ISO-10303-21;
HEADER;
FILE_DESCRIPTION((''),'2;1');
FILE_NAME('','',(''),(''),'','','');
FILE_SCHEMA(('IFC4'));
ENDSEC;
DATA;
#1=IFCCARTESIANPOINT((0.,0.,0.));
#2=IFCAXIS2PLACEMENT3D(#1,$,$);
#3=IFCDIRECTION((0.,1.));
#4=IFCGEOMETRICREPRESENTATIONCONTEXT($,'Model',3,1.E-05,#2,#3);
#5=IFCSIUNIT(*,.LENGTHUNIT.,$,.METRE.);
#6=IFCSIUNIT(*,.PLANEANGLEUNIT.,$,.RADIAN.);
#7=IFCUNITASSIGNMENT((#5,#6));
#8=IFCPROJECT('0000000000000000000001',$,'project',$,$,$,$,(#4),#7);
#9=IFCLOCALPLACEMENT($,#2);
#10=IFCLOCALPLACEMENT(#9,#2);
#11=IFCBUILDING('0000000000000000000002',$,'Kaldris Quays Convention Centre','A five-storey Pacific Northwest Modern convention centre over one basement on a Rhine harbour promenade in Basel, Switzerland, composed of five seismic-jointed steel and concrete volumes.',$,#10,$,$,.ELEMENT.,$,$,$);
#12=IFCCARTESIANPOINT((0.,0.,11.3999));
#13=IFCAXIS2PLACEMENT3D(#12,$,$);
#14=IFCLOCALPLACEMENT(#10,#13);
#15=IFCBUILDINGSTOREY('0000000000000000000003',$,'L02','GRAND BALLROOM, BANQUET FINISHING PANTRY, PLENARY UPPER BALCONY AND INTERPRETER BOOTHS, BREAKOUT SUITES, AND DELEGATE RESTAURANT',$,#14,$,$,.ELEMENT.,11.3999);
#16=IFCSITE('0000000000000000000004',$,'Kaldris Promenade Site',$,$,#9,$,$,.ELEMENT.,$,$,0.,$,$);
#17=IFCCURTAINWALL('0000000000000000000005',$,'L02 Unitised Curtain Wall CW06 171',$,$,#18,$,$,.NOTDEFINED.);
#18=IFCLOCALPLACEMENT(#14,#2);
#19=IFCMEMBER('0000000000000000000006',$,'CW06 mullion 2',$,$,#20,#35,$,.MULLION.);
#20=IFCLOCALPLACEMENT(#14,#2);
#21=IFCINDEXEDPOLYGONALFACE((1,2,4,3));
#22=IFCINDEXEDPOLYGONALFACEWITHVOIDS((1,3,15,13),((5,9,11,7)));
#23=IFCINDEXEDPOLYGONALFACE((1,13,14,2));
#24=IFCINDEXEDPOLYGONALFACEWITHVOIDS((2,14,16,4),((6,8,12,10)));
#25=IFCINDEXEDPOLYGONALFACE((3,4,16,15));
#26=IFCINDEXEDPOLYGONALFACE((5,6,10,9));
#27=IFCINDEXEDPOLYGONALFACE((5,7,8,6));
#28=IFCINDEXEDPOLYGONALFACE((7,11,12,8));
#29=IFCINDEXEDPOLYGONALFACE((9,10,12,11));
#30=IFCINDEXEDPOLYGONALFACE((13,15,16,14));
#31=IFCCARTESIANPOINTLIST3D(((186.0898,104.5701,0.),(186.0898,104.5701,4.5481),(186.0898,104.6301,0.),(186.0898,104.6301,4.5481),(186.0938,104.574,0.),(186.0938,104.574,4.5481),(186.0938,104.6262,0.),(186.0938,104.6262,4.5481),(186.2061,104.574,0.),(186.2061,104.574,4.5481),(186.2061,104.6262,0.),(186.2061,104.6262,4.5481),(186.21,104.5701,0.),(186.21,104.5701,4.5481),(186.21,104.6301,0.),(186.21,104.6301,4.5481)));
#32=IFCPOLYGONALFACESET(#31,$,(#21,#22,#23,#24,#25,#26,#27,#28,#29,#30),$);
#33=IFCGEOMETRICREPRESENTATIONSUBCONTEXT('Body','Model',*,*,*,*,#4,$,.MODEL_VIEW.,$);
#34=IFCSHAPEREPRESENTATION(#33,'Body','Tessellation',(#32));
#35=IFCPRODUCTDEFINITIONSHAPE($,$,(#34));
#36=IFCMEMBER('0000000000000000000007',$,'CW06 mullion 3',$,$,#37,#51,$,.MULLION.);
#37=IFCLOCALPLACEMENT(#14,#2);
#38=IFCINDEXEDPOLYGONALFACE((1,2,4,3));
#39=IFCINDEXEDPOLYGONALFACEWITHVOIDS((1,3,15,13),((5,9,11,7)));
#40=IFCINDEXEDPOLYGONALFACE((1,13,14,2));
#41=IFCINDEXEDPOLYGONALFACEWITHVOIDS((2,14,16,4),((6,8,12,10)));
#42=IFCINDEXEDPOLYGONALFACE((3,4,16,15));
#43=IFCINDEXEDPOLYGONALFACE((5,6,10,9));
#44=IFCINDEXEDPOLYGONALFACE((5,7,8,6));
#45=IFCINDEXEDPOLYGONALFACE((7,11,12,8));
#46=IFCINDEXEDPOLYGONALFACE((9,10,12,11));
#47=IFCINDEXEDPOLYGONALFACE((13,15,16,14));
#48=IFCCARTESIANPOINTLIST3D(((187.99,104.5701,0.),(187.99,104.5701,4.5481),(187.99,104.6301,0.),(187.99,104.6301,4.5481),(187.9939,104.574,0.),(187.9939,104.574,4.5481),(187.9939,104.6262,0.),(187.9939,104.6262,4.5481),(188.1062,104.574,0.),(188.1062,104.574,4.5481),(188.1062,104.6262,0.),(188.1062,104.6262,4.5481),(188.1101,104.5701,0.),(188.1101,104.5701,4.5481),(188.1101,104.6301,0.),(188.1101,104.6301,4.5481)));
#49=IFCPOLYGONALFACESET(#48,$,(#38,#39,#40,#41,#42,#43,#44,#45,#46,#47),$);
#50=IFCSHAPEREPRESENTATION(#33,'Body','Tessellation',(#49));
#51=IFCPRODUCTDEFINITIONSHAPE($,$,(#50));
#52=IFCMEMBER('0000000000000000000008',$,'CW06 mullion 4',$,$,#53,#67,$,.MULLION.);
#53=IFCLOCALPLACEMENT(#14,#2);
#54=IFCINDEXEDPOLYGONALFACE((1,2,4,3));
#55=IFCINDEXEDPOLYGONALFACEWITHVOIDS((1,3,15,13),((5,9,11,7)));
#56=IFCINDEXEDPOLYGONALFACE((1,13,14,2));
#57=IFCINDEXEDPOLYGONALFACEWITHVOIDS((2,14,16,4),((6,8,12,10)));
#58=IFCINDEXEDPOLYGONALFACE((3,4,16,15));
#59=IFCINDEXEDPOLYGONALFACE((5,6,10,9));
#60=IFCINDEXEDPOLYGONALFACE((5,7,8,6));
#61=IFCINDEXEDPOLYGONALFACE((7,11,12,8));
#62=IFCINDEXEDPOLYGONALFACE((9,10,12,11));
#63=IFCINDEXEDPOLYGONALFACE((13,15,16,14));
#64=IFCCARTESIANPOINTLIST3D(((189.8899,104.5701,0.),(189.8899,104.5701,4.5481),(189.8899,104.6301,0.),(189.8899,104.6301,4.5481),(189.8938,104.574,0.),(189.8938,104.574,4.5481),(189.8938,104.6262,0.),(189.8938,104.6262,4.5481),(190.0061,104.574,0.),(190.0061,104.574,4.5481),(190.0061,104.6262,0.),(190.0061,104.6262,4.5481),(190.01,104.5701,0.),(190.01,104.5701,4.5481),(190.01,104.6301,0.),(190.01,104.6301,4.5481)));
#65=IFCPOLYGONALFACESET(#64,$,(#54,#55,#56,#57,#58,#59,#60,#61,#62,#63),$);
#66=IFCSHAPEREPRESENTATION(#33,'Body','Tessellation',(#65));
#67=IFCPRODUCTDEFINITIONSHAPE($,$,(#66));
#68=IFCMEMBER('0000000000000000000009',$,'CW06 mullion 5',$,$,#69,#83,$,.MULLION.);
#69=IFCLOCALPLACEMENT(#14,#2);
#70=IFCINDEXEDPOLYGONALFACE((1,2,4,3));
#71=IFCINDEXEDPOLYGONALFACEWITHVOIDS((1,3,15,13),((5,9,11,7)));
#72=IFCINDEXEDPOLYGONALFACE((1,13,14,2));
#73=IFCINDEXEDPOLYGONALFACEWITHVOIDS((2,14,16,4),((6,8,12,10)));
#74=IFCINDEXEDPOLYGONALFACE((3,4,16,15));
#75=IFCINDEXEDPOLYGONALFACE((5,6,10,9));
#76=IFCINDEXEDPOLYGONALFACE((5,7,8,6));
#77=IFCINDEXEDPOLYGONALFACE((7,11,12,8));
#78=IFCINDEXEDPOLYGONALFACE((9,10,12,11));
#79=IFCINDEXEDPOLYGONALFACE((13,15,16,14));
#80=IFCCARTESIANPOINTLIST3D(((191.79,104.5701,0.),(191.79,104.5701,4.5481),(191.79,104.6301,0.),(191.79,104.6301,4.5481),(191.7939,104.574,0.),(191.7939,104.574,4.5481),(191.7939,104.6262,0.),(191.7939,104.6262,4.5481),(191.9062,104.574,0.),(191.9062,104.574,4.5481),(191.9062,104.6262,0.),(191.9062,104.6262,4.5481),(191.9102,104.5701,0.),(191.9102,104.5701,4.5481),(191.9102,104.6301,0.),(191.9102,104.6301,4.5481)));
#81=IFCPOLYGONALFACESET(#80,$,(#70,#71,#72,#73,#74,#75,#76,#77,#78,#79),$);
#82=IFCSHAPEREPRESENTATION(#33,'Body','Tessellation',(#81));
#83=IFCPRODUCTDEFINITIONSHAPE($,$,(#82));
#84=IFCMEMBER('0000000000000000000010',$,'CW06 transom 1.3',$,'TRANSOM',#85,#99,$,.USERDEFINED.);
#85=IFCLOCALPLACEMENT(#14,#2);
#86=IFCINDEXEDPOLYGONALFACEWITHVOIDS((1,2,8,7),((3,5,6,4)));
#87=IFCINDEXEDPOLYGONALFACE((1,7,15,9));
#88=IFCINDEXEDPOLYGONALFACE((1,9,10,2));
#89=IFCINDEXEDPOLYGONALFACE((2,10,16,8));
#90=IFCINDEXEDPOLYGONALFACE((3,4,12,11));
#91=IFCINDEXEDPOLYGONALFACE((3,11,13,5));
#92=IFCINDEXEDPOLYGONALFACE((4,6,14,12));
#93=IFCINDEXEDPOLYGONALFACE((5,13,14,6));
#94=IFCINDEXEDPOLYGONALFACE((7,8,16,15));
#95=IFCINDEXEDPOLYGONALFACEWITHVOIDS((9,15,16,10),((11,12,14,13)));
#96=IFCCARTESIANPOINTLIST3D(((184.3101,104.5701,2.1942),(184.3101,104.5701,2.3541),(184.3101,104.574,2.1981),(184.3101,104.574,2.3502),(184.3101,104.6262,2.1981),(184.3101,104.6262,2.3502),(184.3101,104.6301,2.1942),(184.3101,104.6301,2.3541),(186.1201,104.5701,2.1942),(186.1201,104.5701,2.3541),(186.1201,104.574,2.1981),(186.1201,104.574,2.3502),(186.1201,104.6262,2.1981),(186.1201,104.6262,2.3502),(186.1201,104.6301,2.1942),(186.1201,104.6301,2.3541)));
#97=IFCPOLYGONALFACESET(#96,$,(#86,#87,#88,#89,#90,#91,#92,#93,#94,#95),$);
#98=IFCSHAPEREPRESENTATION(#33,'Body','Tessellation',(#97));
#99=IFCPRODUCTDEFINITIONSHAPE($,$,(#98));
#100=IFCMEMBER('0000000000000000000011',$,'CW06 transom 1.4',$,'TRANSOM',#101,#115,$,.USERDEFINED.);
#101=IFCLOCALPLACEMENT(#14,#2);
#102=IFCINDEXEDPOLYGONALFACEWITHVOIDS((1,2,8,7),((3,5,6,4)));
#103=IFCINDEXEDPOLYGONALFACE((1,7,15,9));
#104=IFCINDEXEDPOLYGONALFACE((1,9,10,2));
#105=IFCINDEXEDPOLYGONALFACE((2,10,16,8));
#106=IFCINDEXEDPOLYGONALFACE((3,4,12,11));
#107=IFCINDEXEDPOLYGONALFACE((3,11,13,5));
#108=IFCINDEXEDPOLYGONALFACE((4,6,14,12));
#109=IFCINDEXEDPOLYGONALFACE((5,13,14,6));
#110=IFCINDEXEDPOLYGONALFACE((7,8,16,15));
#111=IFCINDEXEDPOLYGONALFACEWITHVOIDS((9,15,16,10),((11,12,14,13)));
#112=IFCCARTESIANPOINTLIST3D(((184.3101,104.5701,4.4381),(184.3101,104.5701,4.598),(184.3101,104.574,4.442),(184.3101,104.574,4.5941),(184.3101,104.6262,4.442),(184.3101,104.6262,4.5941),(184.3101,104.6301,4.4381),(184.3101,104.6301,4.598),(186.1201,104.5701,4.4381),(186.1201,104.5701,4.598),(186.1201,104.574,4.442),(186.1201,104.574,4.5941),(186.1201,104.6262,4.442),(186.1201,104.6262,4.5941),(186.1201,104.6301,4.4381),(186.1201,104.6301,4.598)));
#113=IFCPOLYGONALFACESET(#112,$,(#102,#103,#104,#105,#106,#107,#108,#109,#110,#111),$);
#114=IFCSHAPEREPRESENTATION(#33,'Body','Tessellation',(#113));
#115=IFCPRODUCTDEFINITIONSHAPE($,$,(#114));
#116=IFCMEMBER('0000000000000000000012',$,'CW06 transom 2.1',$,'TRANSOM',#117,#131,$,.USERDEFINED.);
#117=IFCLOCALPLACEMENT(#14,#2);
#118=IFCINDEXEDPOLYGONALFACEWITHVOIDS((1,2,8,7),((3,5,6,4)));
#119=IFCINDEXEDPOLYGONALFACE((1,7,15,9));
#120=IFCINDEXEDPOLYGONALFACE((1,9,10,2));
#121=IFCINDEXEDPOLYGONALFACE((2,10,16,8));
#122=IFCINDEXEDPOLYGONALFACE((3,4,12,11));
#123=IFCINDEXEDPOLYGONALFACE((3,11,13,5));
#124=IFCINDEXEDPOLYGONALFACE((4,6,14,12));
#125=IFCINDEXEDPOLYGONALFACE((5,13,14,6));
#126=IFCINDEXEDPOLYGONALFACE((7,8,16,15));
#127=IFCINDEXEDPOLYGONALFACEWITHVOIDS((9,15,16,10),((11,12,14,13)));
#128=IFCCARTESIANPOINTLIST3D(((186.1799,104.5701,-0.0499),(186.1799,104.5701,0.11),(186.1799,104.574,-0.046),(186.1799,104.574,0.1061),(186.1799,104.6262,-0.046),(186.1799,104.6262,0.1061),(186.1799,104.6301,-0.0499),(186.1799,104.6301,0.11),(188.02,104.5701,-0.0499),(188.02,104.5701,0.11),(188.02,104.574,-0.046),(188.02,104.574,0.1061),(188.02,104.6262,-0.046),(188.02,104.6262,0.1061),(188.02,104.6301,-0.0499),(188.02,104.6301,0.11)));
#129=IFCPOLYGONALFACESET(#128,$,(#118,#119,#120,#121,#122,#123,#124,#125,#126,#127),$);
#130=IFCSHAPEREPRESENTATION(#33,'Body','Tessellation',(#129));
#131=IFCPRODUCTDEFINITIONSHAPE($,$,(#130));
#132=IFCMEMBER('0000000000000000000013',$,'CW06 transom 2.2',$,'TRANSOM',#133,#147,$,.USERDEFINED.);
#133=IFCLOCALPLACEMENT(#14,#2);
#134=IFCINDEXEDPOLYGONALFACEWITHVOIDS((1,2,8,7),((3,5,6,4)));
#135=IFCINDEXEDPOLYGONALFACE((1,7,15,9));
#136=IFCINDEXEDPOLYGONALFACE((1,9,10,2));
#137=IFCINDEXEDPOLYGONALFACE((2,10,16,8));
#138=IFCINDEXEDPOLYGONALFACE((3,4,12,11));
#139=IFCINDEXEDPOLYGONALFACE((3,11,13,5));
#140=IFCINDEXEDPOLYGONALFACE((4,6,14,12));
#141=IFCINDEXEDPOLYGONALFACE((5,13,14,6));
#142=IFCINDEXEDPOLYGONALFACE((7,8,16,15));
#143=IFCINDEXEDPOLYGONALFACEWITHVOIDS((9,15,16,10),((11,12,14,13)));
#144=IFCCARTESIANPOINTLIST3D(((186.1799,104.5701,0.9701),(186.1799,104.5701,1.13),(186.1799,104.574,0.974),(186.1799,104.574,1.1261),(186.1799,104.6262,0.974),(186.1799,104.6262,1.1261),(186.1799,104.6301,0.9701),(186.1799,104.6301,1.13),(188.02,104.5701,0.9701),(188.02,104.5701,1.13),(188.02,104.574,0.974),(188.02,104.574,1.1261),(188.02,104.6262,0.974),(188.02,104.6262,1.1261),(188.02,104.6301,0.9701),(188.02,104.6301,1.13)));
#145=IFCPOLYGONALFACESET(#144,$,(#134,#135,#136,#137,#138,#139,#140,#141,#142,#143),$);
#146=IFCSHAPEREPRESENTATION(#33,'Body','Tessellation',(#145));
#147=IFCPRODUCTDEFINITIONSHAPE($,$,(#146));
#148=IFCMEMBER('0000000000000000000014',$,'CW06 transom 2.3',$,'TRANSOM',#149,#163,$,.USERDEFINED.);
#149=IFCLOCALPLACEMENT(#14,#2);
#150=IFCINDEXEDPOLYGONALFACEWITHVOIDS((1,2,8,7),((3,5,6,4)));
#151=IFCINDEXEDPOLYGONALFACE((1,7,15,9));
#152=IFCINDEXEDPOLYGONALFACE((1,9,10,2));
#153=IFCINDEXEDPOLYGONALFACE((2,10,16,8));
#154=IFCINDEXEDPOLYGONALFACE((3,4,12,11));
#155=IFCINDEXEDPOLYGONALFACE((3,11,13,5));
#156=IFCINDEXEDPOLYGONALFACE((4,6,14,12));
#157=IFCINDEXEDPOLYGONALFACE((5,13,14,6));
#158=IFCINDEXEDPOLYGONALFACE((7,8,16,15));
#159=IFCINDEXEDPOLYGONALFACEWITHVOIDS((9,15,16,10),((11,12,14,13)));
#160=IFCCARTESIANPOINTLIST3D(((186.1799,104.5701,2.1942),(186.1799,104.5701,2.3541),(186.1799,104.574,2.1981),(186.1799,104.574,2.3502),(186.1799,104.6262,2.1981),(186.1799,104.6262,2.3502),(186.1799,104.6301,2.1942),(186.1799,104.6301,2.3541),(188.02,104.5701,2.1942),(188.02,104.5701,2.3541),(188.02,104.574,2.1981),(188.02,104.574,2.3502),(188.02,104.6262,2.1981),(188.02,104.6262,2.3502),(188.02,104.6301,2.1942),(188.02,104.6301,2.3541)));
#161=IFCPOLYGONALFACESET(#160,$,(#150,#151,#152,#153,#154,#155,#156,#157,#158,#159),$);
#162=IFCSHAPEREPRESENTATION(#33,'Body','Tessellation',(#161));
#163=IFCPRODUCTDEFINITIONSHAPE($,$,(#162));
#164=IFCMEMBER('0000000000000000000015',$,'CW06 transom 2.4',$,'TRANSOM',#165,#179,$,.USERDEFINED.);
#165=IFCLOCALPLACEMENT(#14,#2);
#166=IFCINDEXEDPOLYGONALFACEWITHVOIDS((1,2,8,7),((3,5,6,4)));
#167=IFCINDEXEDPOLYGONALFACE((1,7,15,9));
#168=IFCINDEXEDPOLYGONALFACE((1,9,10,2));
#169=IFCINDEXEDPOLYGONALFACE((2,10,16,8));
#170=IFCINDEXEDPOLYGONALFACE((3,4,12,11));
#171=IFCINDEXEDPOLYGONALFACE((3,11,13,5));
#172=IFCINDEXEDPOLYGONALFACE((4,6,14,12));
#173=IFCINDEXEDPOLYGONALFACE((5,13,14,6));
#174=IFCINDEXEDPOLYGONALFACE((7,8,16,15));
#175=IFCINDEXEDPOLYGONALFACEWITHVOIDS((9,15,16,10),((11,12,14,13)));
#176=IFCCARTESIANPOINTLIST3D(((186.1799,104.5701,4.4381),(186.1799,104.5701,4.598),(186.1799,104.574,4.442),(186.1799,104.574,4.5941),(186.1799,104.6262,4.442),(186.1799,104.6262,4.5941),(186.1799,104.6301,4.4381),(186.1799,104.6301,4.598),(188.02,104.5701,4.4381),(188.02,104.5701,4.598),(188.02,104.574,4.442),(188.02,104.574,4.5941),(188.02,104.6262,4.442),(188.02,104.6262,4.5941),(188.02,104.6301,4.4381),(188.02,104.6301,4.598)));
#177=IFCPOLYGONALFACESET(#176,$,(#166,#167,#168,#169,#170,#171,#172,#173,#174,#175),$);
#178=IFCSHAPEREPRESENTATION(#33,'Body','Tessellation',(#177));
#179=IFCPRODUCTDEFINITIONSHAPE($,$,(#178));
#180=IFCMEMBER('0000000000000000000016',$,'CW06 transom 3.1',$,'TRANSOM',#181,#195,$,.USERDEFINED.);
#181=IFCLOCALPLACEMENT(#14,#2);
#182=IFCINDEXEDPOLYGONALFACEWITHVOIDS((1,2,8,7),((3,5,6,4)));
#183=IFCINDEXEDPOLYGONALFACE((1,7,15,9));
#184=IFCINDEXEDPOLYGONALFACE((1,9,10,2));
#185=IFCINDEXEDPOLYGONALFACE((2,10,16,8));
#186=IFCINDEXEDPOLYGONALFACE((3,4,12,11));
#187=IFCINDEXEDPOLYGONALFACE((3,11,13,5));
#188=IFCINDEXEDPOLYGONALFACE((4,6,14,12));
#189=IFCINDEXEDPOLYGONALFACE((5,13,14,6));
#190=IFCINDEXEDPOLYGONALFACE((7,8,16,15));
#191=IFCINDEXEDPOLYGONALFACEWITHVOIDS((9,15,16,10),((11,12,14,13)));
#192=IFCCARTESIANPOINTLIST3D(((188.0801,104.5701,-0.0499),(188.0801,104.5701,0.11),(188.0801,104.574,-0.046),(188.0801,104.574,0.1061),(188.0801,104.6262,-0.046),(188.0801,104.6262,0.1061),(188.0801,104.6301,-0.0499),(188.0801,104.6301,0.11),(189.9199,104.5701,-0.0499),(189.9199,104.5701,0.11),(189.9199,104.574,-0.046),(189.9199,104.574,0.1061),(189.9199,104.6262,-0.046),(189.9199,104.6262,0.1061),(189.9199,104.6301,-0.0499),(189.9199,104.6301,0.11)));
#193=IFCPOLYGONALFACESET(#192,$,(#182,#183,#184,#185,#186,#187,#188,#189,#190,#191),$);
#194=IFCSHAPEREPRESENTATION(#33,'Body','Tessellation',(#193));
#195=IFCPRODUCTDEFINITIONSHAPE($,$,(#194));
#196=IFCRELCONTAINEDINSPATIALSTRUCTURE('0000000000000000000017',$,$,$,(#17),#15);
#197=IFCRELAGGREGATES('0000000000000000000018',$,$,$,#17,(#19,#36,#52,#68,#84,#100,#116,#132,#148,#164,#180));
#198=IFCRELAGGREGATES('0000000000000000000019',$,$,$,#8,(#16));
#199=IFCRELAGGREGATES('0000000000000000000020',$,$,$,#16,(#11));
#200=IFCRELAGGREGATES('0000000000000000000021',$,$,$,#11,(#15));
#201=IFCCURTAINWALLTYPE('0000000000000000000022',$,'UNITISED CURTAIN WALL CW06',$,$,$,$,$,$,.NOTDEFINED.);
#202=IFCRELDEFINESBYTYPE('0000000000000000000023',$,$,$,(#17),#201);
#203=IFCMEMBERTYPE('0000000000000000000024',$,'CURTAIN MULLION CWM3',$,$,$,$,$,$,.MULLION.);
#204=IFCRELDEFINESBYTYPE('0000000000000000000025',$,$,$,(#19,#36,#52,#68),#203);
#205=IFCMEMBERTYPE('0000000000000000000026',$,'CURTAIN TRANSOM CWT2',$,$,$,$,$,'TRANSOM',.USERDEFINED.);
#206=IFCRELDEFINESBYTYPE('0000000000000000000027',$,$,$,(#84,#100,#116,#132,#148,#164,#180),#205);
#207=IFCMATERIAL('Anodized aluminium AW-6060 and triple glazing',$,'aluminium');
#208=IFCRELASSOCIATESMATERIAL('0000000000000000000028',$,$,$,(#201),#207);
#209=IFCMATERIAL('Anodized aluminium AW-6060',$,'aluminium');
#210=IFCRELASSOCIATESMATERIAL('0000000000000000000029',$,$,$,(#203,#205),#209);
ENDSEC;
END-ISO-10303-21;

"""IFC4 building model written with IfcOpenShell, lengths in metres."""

from ifc_helpers import new_model, si_unit, direction, frame, origin, origin_2d, place, context, subcontext, project, spatial, hollow_rectangle, extrude, material, material_profile, profile_set, type_object, element, aggregate, save


model = new_model("IFC4")

# Units and contexts
model_context = context("Model", 3, precision=1e-05, world=origin(), true_north=direction((0.0, 1.0)))
body_context = subcontext(model_context, "Body", "Model", "MODEL_VIEW")
ifc_project = project(units=[si_unit("LENGTHUNIT", "METRE"), si_unit("PLANEANGLEUNIT", "RADIAN")], contexts=[model_context])

# Site, building, storey
site_placement = place(None, origin())
site = spatial("IfcSite", under=ifc_project, at=site_placement, Name="Kaldris Promenade Site", CompositionType="ELEMENT", RefElevation=0.0)
building_placement = place(site_placement, origin())
building = spatial("IfcBuilding", under=site, at=building_placement, Name="Kaldris Quays Convention Centre", Description="A five-storey Pacific Northwest Modern convention centre over one basement on a Rhine harbour promenade in Basel, Switzerland, composed of five seismic-jointed steel and concrete volumes.", CompositionType="ELEMENT")
storey_placement = place(building_placement, frame((0.0, 0.0, 11.3999)))
storey = spatial("IfcBuildingStorey", under=building, at=storey_placement, Name="L02", Description="GRAND BALLROOM, BANQUET FINISHING PANTRY, PLENARY UPPER BALCONY AND INTERPRETER BOOTHS, BREAKOUT SUITES, AND DELEGATE RESTAURANT", CompositionType="ELEMENT", Elevation=11.3999)

# Curtain wall, members
ifc_material_1 = material(Name="Anodized aluminium AW-6060 and triple glazing", Category="aluminium")
curtain_wall_type = type_object("IfcCurtainWallType", Name="UNITISED CURTAIN WALL CW06", PredefinedType="NOTDEFINED", material=ifc_material_1)
curtain_wall_placement = place(storey_placement, origin())
curtain_wall = element("IfcCurtainWall", 1, at=curtain_wall_placement, inside=storey, type_object=curtain_wall_type, Name="L02 Unitised Curtain Wall CW06 171", PredefinedType="NOTDEFINED")
ifc_material_2 = material(Name="Anodized aluminium AW-6060", Category="aluminium")
ifc_material_profile_1 = material_profile(ifc_material_2, hollow_rectangle(XDim=0.0601, YDim=0.1201, WallThickness=0.0039, at=origin_2d()), Name="RHS 120x60x4")
ifc_profile_set_1 = profile_set([ifc_material_profile_1], Name="Anodized aluminium AW-6060")
member_type_1 = type_object("IfcMemberType", Name="CURTAIN MULLION CWM3", PredefinedType="MULLION", material=ifc_profile_set_1)
member_1_placement = place(storey_placement, frame((186.1499, 104.6001, 0.0), z_axis=(0.0, 0.0, 1.0), x_axis=(0.0, 1.0, 0.0)))
member_1 = element("IfcMember", 2, at=member_1_placement, type_object=member_type_1, Name="CW06 mullion 2", PredefinedType="MULLION", context=body_context, shape_type="SweptSolid", body=[
    extrude(hollow_rectangle(XDim=0.0601, YDim=0.1201, WallThickness=0.0039, at=origin_2d()), origin(), (0.0, 0.0, 1.0), 4.5481),
])
member_2_placement = place(storey_placement, frame((188.05, 104.6001, 0.0), z_axis=(0.0, 0.0, 1.0), x_axis=(0.0, 1.0, 0.0)))
member_2 = element("IfcMember", 3, at=member_2_placement, type_object=member_type_1, Name="CW06 mullion 3", PredefinedType="MULLION", context=body_context, shape_type="SweptSolid", body=[
    extrude(hollow_rectangle(XDim=0.0601, YDim=0.1201, WallThickness=0.0039, at=origin_2d()), origin(), (0.0, 0.0, 1.0), 4.5481),
])
member_3_placement = place(storey_placement, frame((189.95, 104.6001, 0.0), z_axis=(0.0, 0.0, 1.0), x_axis=(0.0, 1.0, 0.0)))
member_3 = element("IfcMember", 4, at=member_3_placement, type_object=member_type_1, Name="CW06 mullion 4", PredefinedType="MULLION", context=body_context, shape_type="SweptSolid", body=[
    extrude(hollow_rectangle(XDim=0.0601, YDim=0.1201, WallThickness=0.0039, at=origin_2d()), origin(), (0.0, 0.0, 1.0), 4.5481),
])
member_4_placement = place(storey_placement, frame((191.8501, 104.6001, 0.0), z_axis=(0.0, 0.0, 1.0), x_axis=(0.0, 1.0, 0.0)))
member_4 = element("IfcMember", 5, at=member_4_placement, type_object=member_type_1, Name="CW06 mullion 5", PredefinedType="MULLION", context=body_context, shape_type="SweptSolid", body=[
    extrude(hollow_rectangle(XDim=0.0601, YDim=0.1201, WallThickness=0.0039, at=origin_2d()), origin(), (0.0, 0.0, 1.0), 4.5481),
])
ifc_material_profile_2 = material_profile(ifc_material_2, hollow_rectangle(XDim=0.0601, YDim=0.1599, WallThickness=0.0039, at=origin_2d()), Name="RHS 160x60x4")
ifc_profile_set_2 = profile_set([ifc_material_profile_2], Name="Anodized aluminium AW-6060")
member_type_2 = type_object("IfcMemberType", Name="CURTAIN TRANSOM CWT2", ElementType="TRANSOM", PredefinedType="USERDEFINED", material=ifc_profile_set_2)
member_5_placement = place(storey_placement, frame((184.3101, 104.6001, 2.2742), z_axis=(1.0, 0.0, 0.0), x_axis=(0.0, 1.0, 0.0)))
member_5 = element("IfcMember", 6, at=member_5_placement, type_object=member_type_2, Name="CW06 transom 1.3", ObjectType="TRANSOM", PredefinedType="USERDEFINED", context=body_context, shape_type="SweptSolid", body=[
    extrude(hollow_rectangle(XDim=0.0601, YDim=0.1599, WallThickness=0.0039, at=origin_2d()), origin(), (0.0, 0.0, 1.0), 1.8101),
])
member_6_placement = place(storey_placement, frame((184.3101, 104.6001, 4.5181), z_axis=(1.0, 0.0, 0.0), x_axis=(0.0, 1.0, 0.0)))
member_6 = element("IfcMember", 7, at=member_6_placement, type_object=member_type_2, Name="CW06 transom 1.4", ObjectType="TRANSOM", PredefinedType="USERDEFINED", context=body_context, shape_type="SweptSolid", body=[
    extrude(hollow_rectangle(XDim=0.0601, YDim=0.1599, WallThickness=0.0039, at=origin_2d()), origin(), (0.0, 0.0, 1.0), 1.8101),
])
member_7_placement = place(storey_placement, frame((186.1799, 104.6001, 0.03), z_axis=(1.0, 0.0, 0.0), x_axis=(0.0, 1.0, 0.0)))
member_7 = element("IfcMember", 8, at=member_7_placement, type_object=member_type_2, Name="CW06 transom 2.1", ObjectType="TRANSOM", PredefinedType="USERDEFINED", context=body_context, shape_type="SweptSolid", body=[
    extrude(hollow_rectangle(XDim=0.0601, YDim=0.1599, WallThickness=0.0039, at=origin_2d()), origin(), (0.0, 0.0, 1.0), 1.8401),
])
member_8_placement = place(storey_placement, frame((186.1799, 104.6001, 1.05), z_axis=(1.0, 0.0, 0.0), x_axis=(0.0, 1.0, 0.0)))
member_8 = element("IfcMember", 9, at=member_8_placement, type_object=member_type_2, Name="CW06 transom 2.2", ObjectType="TRANSOM", PredefinedType="USERDEFINED", context=body_context, shape_type="SweptSolid", body=[
    extrude(hollow_rectangle(XDim=0.0601, YDim=0.1599, WallThickness=0.0039, at=origin_2d()), origin(), (0.0, 0.0, 1.0), 1.8401),
])
member_9_placement = place(storey_placement, frame((186.1799, 104.6001, 2.2742), z_axis=(1.0, 0.0, 0.0), x_axis=(0.0, 1.0, 0.0)))
member_9 = element("IfcMember", 10, at=member_9_placement, type_object=member_type_2, Name="CW06 transom 2.3", ObjectType="TRANSOM", PredefinedType="USERDEFINED", context=body_context, shape_type="SweptSolid", body=[
    extrude(hollow_rectangle(XDim=0.0601, YDim=0.1599, WallThickness=0.0039, at=origin_2d()), origin(), (0.0, 0.0, 1.0), 1.8401),
])
member_10_placement = place(storey_placement, frame((186.1799, 104.6001, 4.5181), z_axis=(1.0, 0.0, 0.0), x_axis=(0.0, 1.0, 0.0)))
member_10 = element("IfcMember", 11, at=member_10_placement, type_object=member_type_2, Name="CW06 transom 2.4", ObjectType="TRANSOM", PredefinedType="USERDEFINED", context=body_context, shape_type="SweptSolid", body=[
    extrude(hollow_rectangle(XDim=0.0601, YDim=0.1599, WallThickness=0.0039, at=origin_2d()), origin(), (0.0, 0.0, 1.0), 1.8401),
])
member_11_placement = place(storey_placement, frame((188.0801, 104.6001, 0.03), z_axis=(1.0, 0.0, 0.0), x_axis=(0.0, 1.0, 0.0)))
member_11 = element("IfcMember", 12, at=member_11_placement, type_object=member_type_2, Name="CW06 transom 3.1", ObjectType="TRANSOM", PredefinedType="USERDEFINED", context=body_context, shape_type="SweptSolid", body=[
    extrude(hollow_rectangle(XDim=0.0601, YDim=0.1599, WallThickness=0.0039, at=origin_2d()), origin(), (0.0, 0.0, 1.0), 1.8398),
])
aggregate(curtain_wall, [member_1, member_2, member_3, member_4, member_5, member_6, member_7, member_8, member_9, member_10, member_11])

save(model, "model.ifc")
